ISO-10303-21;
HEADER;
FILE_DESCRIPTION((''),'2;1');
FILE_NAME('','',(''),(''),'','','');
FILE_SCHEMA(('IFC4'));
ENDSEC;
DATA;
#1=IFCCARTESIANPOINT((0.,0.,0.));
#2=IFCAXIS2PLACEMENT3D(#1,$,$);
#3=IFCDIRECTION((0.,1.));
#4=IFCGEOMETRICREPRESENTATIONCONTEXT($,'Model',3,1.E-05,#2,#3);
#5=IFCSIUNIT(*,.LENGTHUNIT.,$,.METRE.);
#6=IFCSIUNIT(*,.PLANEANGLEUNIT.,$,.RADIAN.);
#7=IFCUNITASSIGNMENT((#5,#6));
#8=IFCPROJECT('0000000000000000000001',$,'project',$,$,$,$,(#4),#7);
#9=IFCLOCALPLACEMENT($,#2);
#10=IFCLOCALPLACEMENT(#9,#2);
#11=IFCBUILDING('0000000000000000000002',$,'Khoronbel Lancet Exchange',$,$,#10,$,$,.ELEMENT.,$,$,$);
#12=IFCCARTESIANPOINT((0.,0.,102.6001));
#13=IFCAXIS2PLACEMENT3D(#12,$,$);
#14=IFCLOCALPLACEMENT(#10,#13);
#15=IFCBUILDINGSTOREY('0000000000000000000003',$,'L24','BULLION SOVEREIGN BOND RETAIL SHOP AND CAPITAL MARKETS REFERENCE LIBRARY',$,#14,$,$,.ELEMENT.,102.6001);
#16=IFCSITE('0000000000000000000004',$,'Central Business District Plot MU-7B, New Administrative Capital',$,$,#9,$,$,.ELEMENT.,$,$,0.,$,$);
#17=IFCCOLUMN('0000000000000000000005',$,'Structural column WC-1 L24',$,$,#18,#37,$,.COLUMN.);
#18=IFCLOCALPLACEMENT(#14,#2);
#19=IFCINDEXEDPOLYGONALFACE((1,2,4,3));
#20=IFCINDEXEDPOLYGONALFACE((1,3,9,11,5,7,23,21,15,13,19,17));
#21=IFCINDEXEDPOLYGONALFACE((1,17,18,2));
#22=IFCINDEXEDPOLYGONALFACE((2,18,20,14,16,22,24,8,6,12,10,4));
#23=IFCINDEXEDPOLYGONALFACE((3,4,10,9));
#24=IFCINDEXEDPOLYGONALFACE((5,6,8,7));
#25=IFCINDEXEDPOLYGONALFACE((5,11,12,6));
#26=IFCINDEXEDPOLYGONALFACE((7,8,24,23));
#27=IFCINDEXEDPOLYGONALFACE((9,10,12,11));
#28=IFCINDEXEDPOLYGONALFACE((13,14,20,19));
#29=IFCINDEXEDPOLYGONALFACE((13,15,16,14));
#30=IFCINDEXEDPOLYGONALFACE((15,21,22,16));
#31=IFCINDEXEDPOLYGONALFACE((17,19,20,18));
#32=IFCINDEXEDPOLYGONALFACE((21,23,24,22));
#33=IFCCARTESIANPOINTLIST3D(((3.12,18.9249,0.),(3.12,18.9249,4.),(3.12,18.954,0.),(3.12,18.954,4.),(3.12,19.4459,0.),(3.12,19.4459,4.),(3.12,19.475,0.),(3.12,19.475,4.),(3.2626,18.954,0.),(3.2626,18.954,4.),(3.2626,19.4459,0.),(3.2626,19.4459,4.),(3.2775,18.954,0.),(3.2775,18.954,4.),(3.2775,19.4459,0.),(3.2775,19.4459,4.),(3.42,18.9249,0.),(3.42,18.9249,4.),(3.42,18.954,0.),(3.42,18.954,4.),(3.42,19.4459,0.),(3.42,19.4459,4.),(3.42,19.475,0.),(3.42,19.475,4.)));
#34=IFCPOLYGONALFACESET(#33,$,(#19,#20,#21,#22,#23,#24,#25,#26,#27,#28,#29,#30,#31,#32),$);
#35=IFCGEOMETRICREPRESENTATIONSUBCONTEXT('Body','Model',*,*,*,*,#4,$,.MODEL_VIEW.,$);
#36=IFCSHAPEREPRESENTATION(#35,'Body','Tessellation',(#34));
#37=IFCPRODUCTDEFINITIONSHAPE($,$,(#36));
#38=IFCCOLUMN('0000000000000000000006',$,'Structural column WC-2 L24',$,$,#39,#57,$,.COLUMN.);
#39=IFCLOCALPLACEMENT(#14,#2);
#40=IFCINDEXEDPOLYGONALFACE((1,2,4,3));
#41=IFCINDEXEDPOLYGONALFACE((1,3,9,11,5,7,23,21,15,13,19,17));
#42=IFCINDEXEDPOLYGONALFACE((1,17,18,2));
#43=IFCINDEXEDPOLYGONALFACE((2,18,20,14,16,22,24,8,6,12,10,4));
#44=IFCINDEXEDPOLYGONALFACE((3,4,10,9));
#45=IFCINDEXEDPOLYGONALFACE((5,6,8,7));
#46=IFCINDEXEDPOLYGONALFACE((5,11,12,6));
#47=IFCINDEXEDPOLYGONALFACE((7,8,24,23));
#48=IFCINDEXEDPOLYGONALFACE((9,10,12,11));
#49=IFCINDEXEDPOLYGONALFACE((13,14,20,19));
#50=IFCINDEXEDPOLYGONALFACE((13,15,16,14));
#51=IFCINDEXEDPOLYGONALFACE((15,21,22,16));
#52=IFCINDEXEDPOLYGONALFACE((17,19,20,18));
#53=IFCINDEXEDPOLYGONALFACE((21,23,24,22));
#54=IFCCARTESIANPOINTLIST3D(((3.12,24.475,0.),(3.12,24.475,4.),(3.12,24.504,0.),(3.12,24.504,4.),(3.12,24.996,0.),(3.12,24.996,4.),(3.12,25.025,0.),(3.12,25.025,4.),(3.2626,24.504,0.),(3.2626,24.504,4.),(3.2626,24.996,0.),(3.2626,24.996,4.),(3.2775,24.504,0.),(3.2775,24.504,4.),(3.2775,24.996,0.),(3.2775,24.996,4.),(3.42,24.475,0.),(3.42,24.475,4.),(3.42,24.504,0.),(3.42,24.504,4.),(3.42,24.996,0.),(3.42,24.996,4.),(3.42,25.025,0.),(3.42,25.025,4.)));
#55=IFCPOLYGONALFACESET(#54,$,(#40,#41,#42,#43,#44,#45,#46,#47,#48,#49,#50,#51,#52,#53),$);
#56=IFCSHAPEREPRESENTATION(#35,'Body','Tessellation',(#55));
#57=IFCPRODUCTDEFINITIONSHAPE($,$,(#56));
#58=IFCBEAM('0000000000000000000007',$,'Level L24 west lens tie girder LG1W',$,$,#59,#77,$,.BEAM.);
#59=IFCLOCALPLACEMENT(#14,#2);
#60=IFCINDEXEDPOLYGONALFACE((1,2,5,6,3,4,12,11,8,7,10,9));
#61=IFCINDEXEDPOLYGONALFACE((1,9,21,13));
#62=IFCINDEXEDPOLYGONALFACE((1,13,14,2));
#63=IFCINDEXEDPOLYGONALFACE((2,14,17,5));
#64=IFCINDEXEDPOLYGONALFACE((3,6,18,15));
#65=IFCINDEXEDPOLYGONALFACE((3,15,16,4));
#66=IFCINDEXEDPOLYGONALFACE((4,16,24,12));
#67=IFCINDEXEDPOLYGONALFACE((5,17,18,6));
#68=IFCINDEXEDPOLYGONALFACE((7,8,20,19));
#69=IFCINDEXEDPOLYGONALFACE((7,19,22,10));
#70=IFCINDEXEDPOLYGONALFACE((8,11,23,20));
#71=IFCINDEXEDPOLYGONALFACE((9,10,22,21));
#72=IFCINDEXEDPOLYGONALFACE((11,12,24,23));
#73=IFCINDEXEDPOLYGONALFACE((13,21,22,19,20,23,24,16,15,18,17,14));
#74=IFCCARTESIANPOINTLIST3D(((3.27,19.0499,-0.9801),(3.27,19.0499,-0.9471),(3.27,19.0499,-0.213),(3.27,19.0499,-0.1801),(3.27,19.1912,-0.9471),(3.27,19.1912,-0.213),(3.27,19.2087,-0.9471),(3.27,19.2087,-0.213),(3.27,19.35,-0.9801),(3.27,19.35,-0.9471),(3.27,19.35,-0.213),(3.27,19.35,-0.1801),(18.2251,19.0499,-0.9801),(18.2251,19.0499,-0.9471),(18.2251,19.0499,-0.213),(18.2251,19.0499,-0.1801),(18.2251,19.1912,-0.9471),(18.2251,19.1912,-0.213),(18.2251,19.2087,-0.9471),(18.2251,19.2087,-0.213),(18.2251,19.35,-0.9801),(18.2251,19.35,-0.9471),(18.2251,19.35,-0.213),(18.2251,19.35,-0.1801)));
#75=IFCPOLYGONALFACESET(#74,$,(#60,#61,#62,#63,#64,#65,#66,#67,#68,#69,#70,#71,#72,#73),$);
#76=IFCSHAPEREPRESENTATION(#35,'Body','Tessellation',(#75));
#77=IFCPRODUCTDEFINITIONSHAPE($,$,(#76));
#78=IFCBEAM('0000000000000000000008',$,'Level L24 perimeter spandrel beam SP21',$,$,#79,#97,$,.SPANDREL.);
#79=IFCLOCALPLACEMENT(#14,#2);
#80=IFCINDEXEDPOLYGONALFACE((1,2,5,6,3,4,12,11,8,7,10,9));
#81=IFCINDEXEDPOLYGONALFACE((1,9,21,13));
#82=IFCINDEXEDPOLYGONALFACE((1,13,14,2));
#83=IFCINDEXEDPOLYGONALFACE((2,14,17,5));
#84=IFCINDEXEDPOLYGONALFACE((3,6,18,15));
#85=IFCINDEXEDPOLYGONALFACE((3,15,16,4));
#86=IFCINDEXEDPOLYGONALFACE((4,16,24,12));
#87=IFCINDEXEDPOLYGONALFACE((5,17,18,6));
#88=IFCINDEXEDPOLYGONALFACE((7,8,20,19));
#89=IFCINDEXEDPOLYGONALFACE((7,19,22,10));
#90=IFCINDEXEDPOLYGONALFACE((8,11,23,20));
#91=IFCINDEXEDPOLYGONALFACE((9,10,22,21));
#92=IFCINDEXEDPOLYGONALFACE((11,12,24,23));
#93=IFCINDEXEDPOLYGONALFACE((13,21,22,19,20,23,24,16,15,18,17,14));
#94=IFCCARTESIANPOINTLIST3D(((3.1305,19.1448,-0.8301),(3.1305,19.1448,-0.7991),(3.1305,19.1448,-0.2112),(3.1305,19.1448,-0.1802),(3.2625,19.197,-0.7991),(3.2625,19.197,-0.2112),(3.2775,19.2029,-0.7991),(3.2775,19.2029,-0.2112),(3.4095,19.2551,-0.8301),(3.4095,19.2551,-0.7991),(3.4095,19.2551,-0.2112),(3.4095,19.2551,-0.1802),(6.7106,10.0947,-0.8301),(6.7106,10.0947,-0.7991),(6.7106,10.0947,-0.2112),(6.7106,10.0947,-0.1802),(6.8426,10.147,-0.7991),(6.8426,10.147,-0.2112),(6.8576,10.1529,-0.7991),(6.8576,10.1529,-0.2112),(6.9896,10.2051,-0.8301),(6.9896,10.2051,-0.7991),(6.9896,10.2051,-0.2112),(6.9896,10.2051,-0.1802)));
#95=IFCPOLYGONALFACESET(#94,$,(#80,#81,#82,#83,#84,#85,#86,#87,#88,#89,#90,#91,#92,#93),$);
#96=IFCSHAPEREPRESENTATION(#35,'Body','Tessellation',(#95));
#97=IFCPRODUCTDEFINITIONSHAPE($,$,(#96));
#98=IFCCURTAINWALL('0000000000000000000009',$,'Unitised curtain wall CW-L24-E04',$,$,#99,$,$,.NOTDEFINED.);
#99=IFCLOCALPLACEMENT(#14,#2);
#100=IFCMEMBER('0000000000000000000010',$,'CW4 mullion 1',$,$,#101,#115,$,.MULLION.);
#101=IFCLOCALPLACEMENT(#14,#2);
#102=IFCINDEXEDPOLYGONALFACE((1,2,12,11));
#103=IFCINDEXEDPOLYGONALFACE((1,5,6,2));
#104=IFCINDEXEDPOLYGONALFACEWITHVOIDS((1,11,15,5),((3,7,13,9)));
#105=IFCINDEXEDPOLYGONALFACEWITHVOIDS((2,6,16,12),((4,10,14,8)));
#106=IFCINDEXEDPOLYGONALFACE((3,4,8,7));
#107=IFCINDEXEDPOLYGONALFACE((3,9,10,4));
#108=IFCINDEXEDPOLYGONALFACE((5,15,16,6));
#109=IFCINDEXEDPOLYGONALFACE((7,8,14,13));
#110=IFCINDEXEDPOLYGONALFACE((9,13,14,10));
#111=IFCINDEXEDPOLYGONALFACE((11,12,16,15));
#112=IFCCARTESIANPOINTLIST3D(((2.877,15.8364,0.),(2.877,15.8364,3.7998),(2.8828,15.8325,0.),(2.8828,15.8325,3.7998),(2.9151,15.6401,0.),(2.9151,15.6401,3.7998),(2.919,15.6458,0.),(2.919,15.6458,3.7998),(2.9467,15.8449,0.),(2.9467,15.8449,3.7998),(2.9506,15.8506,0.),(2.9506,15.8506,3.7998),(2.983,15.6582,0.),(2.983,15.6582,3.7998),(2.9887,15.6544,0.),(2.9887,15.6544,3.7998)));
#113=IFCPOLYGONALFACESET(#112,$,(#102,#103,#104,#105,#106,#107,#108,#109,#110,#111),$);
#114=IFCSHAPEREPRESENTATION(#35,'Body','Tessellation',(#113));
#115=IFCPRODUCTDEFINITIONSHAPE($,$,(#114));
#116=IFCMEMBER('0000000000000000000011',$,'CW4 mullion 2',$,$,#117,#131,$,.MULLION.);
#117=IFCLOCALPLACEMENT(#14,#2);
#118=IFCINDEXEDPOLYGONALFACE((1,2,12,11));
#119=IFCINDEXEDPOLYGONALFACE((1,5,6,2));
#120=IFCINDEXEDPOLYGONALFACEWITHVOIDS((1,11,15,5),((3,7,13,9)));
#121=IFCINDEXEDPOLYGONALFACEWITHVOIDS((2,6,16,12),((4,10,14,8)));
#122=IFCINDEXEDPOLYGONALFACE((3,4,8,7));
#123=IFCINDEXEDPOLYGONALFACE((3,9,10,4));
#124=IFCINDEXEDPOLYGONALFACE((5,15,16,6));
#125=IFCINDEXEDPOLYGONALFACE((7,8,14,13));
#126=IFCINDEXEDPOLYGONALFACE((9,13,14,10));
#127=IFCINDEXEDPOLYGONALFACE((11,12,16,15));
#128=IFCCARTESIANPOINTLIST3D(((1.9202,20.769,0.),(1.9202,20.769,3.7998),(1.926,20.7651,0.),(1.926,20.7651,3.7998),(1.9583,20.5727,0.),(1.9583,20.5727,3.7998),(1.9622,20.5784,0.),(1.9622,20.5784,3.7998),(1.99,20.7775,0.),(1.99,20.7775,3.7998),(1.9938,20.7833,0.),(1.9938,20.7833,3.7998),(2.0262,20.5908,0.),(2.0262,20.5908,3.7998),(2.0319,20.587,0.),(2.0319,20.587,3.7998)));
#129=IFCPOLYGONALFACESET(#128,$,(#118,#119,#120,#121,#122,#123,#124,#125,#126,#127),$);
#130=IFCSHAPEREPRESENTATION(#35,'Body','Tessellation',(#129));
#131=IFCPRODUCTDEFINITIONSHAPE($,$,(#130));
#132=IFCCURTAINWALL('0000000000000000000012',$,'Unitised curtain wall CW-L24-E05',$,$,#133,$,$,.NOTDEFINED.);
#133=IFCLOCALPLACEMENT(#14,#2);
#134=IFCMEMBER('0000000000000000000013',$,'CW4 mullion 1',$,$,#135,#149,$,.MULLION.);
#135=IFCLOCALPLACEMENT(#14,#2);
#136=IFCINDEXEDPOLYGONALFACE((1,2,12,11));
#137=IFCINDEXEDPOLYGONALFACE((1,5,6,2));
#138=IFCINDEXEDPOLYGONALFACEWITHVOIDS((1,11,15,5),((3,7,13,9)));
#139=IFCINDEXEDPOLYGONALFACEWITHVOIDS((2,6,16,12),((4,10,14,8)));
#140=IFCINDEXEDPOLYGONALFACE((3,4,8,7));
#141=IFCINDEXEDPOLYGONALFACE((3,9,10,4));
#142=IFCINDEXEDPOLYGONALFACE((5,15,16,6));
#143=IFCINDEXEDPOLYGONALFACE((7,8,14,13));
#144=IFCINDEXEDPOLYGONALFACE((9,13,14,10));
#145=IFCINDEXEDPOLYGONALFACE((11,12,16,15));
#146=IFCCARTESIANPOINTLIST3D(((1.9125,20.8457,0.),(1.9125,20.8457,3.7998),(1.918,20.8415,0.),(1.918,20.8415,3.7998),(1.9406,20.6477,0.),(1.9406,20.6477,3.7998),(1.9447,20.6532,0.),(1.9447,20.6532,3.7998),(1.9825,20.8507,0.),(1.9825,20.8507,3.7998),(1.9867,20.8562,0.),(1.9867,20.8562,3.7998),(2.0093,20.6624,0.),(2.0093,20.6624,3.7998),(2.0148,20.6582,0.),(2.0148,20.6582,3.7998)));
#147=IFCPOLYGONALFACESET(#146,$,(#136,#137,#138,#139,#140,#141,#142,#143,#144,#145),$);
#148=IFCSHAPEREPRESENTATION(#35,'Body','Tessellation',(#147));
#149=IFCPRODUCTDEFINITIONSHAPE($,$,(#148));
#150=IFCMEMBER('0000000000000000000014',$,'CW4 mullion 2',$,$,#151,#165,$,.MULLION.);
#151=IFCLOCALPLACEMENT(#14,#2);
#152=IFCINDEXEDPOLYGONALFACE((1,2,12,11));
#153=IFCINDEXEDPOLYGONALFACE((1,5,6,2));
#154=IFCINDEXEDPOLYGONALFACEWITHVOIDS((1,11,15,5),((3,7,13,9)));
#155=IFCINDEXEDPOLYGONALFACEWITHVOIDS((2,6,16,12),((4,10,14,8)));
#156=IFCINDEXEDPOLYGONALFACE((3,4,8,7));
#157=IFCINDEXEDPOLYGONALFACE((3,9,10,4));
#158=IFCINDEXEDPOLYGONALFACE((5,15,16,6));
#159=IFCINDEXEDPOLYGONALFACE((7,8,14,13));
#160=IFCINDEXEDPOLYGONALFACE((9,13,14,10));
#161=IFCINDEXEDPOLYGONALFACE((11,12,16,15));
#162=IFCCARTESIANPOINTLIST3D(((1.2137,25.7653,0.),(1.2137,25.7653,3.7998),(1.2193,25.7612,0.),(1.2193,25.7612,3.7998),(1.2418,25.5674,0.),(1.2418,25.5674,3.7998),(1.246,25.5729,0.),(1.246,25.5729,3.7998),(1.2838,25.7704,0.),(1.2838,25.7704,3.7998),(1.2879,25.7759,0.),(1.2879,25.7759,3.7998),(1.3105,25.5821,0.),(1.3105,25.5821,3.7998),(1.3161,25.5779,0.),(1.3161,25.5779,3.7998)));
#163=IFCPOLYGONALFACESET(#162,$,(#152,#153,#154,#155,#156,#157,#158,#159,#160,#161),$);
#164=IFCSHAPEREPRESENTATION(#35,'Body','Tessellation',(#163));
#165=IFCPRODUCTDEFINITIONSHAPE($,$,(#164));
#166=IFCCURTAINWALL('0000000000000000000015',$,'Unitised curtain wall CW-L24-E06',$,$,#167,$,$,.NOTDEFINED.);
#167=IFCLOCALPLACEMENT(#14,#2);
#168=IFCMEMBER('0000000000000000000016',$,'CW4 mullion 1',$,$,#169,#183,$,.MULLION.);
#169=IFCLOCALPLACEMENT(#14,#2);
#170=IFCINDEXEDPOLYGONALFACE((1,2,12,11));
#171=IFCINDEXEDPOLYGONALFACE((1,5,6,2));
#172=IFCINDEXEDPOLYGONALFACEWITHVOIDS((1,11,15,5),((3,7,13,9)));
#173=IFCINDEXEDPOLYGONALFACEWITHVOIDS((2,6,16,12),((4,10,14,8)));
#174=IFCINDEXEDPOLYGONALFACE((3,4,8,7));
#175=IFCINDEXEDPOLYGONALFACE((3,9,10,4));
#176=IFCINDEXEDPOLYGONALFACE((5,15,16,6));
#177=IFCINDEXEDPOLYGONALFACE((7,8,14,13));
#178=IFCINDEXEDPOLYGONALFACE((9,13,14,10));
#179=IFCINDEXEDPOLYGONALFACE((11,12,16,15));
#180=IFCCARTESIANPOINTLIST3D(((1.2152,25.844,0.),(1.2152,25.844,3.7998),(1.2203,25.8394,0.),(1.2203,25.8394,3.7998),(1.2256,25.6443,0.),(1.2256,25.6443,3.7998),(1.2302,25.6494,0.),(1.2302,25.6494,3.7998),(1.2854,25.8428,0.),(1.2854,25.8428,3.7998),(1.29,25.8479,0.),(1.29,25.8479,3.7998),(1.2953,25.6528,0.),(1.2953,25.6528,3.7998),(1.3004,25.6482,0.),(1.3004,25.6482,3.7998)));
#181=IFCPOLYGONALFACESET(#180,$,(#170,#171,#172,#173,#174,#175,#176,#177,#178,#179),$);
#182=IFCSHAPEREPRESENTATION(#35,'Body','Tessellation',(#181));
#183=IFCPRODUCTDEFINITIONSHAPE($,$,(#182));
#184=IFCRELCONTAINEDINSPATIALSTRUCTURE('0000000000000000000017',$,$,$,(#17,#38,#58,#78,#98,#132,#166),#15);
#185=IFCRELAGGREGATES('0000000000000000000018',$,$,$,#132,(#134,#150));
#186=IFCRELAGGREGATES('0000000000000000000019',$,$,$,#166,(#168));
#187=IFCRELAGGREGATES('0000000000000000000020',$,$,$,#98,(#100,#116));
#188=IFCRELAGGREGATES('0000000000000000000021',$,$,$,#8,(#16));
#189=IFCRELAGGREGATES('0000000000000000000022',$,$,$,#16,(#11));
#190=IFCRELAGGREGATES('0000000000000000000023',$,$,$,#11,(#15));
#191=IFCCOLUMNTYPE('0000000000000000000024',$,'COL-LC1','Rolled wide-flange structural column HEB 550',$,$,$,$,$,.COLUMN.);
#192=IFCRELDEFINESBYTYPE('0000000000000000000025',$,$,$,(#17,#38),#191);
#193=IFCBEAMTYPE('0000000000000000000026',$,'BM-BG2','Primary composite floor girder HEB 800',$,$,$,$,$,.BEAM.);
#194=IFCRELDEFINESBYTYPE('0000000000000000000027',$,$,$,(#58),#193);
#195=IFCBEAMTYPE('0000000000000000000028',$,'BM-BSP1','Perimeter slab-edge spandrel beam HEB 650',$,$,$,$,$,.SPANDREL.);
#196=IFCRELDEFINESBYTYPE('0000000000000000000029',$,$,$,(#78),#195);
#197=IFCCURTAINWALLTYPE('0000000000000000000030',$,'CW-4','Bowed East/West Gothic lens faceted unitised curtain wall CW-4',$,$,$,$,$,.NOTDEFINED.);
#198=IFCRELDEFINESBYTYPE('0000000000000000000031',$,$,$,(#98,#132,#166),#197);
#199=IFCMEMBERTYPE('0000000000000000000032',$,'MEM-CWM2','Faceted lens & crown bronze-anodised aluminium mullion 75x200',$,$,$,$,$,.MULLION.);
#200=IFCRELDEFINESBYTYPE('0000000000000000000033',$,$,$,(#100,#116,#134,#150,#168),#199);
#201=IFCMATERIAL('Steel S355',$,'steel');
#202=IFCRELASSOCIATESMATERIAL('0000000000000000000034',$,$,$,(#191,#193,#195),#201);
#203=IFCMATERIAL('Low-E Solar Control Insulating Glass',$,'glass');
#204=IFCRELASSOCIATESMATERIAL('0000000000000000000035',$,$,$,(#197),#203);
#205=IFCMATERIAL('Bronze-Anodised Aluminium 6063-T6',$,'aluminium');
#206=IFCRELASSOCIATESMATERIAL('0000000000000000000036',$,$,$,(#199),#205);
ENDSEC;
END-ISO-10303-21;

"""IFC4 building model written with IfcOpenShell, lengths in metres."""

from ifc_helpers import new_model, si_unit, direction, frame, origin, origin_2d, place, context, subcontext, project, spatial, hollow_rectangle, i_section, extrude, material, material_profile, profile_set, type_object, element, aggregate, save


model = new_model("IFC4")

# Units and contexts
model_context = context("Model", 3, precision=1e-05, world=origin(), true_north=direction((0.0, 1.0)))
body_context = subcontext(model_context, "Body", "Model", "MODEL_VIEW")
ifc_project = project(units=[si_unit("LENGTHUNIT", "METRE"), si_unit("PLANEANGLEUNIT", "RADIAN")], contexts=[model_context])

# Site, building, storey
site_placement = place(None, origin())
site = spatial("IfcSite", under=ifc_project, at=site_placement, Name="Central Business District Plot MU-7B, New Administrative Capital", CompositionType="ELEMENT", RefElevation=0.0)
building_placement = place(site_placement, origin())
building = spatial("IfcBuilding", under=site, at=building_placement, Name="Khoronbel Lancet Exchange", CompositionType="ELEMENT")
storey_placement = place(building_placement, frame((0.0, 0.0, 102.6001)))
storey = spatial("IfcBuildingStorey", under=building, at=storey_placement, Name="L24", Description="BULLION SOVEREIGN BOND RETAIL SHOP AND CAPITAL MARKETS REFERENCE LIBRARY", CompositionType="ELEMENT", Elevation=102.6001)

# Columns
ifc_material_1 = material(Name="Steel S355", Category="steel")
ifc_material_profile_1 = material_profile(ifc_material_1, i_section(OverallWidth=0.3, OverallDepth=0.55, WebThickness=0.0149, FlangeThickness=0.0291, at=origin_2d()), Name="HEB 550")
ifc_profile_set_1 = profile_set([ifc_material_profile_1], Name="Steel S355")
column_type = type_object("IfcColumnType", Name="COL-LC1", Description="Rolled wide-flange structural column HEB 550", PredefinedType="COLUMN", material=ifc_profile_set_1)
for number, where, z_axis, x_axis, name in (
    (1, (3.27, 19.2, 0.0), (0.0, 0.0, 1.0), (1.0, 0.0, 0.0), "Structural column WC-1 L24"),
    (2, (3.27, 24.75, 0.0), (0.0, 0.0, 1.0), (1.0, 0.0, 0.0), "Structural column WC-2 L24"),
):
    element("IfcColumn", number, at=place(storey_placement, frame(where, z_axis=z_axis, x_axis=x_axis)), inside=storey, type_object=column_type, Name=name, PredefinedType="COLUMN", context=body_context, shape_type="SweptSolid", body=[
        extrude(i_section(OverallWidth=0.3, OverallDepth=0.55, WebThickness=0.0149, FlangeThickness=0.0291, at=origin_2d()), origin(), (0.0, 0.0, 1.0), 4.0),
    ])

# Beams
ifc_material_profile_2 = material_profile(ifc_material_1, i_section(OverallWidth=0.3, OverallDepth=0.8, WebThickness=0.0176, FlangeThickness=0.033, at=origin_2d()), Name="HEB 800")
ifc_profile_set_2 = profile_set([ifc_material_profile_2], Name="Steel S355")
beam_type_1 = type_object("IfcBeamType", Name="BM-BG2", Description="Primary composite floor girder HEB 800", PredefinedType="BEAM", material=ifc_profile_set_2)
beam_1_placement = place(storey_placement, frame((3.27, 19.2, -0.5801), z_axis=(1.0, 0.0, 0.0), x_axis=(0.0, 1.0, 0.0)))
element("IfcBeam", 3, at=beam_1_placement, inside=storey, type_object=beam_type_1, Name="Level L24 west lens tie girder LG1W", PredefinedType="BEAM", context=body_context, shape_type="SweptSolid", body=[
    extrude(i_section(OverallWidth=0.3, OverallDepth=0.8, WebThickness=0.0176, FlangeThickness=0.033, at=origin_2d()), origin(), (0.0, 0.0, 1.0), 14.9551),
])
ifc_material_profile_3 = material_profile(ifc_material_1, i_section(OverallWidth=0.3, OverallDepth=0.6499, WebThickness=0.0161, FlangeThickness=0.031, at=origin_2d()), Name="HEB 650")
ifc_profile_set_3 = profile_set([ifc_material_profile_3], Name="Steel S355")
beam_type_2 = type_object("IfcBeamType", Name="BM-BSP1", Description="Perimeter slab-edge spandrel beam HEB 650", PredefinedType="SPANDREL", material=ifc_profile_set_3)
beam_2_placement = place(storey_placement, frame((3.27, 19.2, -0.5051), z_axis=(0.36785, -0.929885, 0.0), x_axis=(0.929885, 0.36785, 0.0)))
element("IfcBeam", 4, at=beam_2_placement, inside=storey, type_object=beam_type_2, Name="Level L24 perimeter spandrel beam SP21", PredefinedType="SPANDREL", context=body_context, shape_type="SweptSolid", body=[
    extrude(i_section(OverallWidth=0.3, OverallDepth=0.6499, WebThickness=0.0161, FlangeThickness=0.031, at=origin_2d()), origin(), (0.0, 0.0, 1.0), 9.7324),
])

# Curtain walls, members
ifc_material_2 = material(Name="Low-E Solar Control Insulating Glass", Category="glass")
curtain_wall_type = type_object("IfcCurtainWallType", Name="CW-4", Description="Bowed East/West Gothic lens faceted unitised curtain wall CW-4", PredefinedType="NOTDEFINED", material=ifc_material_2)
curtain_wall_1_placement = place(storey_placement, origin())
curtain_wall_1 = element("IfcCurtainWall", 5, at=curtain_wall_1_placement, inside=storey, type_object=curtain_wall_type, Name="Unitised curtain wall CW-L24-E04", PredefinedType="NOTDEFINED")
ifc_material_3 = material(Name="Bronze-Anodised Aluminium 6063-T6", Category="aluminium")
ifc_material_profile_4 = material_profile(ifc_material_3, hollow_rectangle(XDim=0.075, YDim=0.2, WallThickness=0.0049, at=origin_2d()), Name="ALU MULLION 75x200")
ifc_profile_set_4 = profile_set([ifc_material_profile_4], Name="Bronze-Anodised Aluminium 6063-T6")
member_type_1 = type_object("IfcMemberType", Name="MEM-CWM2", Description="Faceted lens & crown bronze-anodised aluminium mullion 75x200", PredefinedType="MULLION", material=ifc_profile_set_4)
member_1_placement = place(storey_placement, frame((2.9329, 15.7454, 0.0), z_axis=(0.0, 0.0, 1.0), x_axis=(-0.981702, -0.190426, 0.0)))
member_1 = element("IfcMember", 6, at=member_1_placement, type_object=member_type_1, Name="CW4 mullion 1", PredefinedType="MULLION", context=body_context, shape_type="SweptSolid", body=[
    extrude(hollow_rectangle(XDim=0.075, YDim=0.2, WallThickness=0.0049, at=origin_2d()), origin(), (0.0, 0.0, 1.0), 3.7998),
])
member_2_placement = place(storey_placement, frame((1.9761, 20.678, 0.0), z_axis=(0.0, 0.0, 1.0), x_axis=(-0.981702, -0.190426, 0.0)))
member_2 = element("IfcMember", 7, at=member_2_placement, type_object=member_type_1, Name="CW4 mullion 2", PredefinedType="MULLION", context=body_context, shape_type="SweptSolid", body=[
    extrude(hollow_rectangle(XDim=0.075, YDim=0.2, WallThickness=0.0049, at=origin_2d()), origin(), (0.0, 0.0, 1.0), 3.7998),
])
curtain_wall_2_placement = place(storey_placement, origin())
curtain_wall_2 = element("IfcCurtainWall", 8, at=curtain_wall_2_placement, inside=storey, type_object=curtain_wall_type, Name="Unitised curtain wall CW-L24-E05", PredefinedType="NOTDEFINED")
member_3_placement = place(storey_placement, frame((1.9636, 20.752, 0.0), z_axis=(0.0, 0.0, 1.0), x_axis=(-0.990066, -0.140605, 0.0)))
member_3 = element("IfcMember", 9, at=member_3_placement, type_object=member_type_1, Name="CW4 mullion 1", PredefinedType="MULLION", context=body_context, shape_type="SweptSolid", body=[
    extrude(hollow_rectangle(XDim=0.075, YDim=0.2, WallThickness=0.0049, at=origin_2d()), origin(), (0.0, 0.0, 1.0), 3.7998),
])
member_4_placement = place(storey_placement, frame((1.2649, 25.6716, 0.0), z_axis=(0.0, 0.0, 1.0), x_axis=(-0.990066, -0.140605, 0.0)))
member_4 = element("IfcMember", 10, at=member_4_placement, type_object=member_type_1, Name="CW4 mullion 2", PredefinedType="MULLION", context=body_context, shape_type="SweptSolid", body=[
    extrude(hollow_rectangle(XDim=0.075, YDim=0.2, WallThickness=0.0049, at=origin_2d()), origin(), (0.0, 0.0, 1.0), 3.7998),
])
curtain_wall_3_placement = place(storey_placement, origin())
curtain_wall_3 = element("IfcCurtainWall", 11, at=curtain_wall_3_placement, inside=storey, type_object=curtain_wall_type, Name="Unitised curtain wall CW-L24-E06", PredefinedType="NOTDEFINED")
member_5_placement = place(storey_placement, frame((1.2578, 25.7461, 0.0), z_axis=(0.0, 0.0, 1.0), x_axis=(-0.998651, -0.05192, 0.0)))
member_5 = element("IfcMember", 12, at=member_5_placement, type_object=member_type_1, Name="CW4 mullion 1", PredefinedType="MULLION", context=body_context, shape_type="SweptSolid", body=[
    extrude(hollow_rectangle(XDim=0.075, YDim=0.2, WallThickness=0.0049, at=origin_2d()), origin(), (0.0, 0.0, 1.0), 3.7998),
])

aggregate(curtain_wall_2, [member_3, member_4])
aggregate(curtain_wall_3, [member_5])
aggregate(curtain_wall_1, [member_1, member_2])

save(model, "model.ifc")
